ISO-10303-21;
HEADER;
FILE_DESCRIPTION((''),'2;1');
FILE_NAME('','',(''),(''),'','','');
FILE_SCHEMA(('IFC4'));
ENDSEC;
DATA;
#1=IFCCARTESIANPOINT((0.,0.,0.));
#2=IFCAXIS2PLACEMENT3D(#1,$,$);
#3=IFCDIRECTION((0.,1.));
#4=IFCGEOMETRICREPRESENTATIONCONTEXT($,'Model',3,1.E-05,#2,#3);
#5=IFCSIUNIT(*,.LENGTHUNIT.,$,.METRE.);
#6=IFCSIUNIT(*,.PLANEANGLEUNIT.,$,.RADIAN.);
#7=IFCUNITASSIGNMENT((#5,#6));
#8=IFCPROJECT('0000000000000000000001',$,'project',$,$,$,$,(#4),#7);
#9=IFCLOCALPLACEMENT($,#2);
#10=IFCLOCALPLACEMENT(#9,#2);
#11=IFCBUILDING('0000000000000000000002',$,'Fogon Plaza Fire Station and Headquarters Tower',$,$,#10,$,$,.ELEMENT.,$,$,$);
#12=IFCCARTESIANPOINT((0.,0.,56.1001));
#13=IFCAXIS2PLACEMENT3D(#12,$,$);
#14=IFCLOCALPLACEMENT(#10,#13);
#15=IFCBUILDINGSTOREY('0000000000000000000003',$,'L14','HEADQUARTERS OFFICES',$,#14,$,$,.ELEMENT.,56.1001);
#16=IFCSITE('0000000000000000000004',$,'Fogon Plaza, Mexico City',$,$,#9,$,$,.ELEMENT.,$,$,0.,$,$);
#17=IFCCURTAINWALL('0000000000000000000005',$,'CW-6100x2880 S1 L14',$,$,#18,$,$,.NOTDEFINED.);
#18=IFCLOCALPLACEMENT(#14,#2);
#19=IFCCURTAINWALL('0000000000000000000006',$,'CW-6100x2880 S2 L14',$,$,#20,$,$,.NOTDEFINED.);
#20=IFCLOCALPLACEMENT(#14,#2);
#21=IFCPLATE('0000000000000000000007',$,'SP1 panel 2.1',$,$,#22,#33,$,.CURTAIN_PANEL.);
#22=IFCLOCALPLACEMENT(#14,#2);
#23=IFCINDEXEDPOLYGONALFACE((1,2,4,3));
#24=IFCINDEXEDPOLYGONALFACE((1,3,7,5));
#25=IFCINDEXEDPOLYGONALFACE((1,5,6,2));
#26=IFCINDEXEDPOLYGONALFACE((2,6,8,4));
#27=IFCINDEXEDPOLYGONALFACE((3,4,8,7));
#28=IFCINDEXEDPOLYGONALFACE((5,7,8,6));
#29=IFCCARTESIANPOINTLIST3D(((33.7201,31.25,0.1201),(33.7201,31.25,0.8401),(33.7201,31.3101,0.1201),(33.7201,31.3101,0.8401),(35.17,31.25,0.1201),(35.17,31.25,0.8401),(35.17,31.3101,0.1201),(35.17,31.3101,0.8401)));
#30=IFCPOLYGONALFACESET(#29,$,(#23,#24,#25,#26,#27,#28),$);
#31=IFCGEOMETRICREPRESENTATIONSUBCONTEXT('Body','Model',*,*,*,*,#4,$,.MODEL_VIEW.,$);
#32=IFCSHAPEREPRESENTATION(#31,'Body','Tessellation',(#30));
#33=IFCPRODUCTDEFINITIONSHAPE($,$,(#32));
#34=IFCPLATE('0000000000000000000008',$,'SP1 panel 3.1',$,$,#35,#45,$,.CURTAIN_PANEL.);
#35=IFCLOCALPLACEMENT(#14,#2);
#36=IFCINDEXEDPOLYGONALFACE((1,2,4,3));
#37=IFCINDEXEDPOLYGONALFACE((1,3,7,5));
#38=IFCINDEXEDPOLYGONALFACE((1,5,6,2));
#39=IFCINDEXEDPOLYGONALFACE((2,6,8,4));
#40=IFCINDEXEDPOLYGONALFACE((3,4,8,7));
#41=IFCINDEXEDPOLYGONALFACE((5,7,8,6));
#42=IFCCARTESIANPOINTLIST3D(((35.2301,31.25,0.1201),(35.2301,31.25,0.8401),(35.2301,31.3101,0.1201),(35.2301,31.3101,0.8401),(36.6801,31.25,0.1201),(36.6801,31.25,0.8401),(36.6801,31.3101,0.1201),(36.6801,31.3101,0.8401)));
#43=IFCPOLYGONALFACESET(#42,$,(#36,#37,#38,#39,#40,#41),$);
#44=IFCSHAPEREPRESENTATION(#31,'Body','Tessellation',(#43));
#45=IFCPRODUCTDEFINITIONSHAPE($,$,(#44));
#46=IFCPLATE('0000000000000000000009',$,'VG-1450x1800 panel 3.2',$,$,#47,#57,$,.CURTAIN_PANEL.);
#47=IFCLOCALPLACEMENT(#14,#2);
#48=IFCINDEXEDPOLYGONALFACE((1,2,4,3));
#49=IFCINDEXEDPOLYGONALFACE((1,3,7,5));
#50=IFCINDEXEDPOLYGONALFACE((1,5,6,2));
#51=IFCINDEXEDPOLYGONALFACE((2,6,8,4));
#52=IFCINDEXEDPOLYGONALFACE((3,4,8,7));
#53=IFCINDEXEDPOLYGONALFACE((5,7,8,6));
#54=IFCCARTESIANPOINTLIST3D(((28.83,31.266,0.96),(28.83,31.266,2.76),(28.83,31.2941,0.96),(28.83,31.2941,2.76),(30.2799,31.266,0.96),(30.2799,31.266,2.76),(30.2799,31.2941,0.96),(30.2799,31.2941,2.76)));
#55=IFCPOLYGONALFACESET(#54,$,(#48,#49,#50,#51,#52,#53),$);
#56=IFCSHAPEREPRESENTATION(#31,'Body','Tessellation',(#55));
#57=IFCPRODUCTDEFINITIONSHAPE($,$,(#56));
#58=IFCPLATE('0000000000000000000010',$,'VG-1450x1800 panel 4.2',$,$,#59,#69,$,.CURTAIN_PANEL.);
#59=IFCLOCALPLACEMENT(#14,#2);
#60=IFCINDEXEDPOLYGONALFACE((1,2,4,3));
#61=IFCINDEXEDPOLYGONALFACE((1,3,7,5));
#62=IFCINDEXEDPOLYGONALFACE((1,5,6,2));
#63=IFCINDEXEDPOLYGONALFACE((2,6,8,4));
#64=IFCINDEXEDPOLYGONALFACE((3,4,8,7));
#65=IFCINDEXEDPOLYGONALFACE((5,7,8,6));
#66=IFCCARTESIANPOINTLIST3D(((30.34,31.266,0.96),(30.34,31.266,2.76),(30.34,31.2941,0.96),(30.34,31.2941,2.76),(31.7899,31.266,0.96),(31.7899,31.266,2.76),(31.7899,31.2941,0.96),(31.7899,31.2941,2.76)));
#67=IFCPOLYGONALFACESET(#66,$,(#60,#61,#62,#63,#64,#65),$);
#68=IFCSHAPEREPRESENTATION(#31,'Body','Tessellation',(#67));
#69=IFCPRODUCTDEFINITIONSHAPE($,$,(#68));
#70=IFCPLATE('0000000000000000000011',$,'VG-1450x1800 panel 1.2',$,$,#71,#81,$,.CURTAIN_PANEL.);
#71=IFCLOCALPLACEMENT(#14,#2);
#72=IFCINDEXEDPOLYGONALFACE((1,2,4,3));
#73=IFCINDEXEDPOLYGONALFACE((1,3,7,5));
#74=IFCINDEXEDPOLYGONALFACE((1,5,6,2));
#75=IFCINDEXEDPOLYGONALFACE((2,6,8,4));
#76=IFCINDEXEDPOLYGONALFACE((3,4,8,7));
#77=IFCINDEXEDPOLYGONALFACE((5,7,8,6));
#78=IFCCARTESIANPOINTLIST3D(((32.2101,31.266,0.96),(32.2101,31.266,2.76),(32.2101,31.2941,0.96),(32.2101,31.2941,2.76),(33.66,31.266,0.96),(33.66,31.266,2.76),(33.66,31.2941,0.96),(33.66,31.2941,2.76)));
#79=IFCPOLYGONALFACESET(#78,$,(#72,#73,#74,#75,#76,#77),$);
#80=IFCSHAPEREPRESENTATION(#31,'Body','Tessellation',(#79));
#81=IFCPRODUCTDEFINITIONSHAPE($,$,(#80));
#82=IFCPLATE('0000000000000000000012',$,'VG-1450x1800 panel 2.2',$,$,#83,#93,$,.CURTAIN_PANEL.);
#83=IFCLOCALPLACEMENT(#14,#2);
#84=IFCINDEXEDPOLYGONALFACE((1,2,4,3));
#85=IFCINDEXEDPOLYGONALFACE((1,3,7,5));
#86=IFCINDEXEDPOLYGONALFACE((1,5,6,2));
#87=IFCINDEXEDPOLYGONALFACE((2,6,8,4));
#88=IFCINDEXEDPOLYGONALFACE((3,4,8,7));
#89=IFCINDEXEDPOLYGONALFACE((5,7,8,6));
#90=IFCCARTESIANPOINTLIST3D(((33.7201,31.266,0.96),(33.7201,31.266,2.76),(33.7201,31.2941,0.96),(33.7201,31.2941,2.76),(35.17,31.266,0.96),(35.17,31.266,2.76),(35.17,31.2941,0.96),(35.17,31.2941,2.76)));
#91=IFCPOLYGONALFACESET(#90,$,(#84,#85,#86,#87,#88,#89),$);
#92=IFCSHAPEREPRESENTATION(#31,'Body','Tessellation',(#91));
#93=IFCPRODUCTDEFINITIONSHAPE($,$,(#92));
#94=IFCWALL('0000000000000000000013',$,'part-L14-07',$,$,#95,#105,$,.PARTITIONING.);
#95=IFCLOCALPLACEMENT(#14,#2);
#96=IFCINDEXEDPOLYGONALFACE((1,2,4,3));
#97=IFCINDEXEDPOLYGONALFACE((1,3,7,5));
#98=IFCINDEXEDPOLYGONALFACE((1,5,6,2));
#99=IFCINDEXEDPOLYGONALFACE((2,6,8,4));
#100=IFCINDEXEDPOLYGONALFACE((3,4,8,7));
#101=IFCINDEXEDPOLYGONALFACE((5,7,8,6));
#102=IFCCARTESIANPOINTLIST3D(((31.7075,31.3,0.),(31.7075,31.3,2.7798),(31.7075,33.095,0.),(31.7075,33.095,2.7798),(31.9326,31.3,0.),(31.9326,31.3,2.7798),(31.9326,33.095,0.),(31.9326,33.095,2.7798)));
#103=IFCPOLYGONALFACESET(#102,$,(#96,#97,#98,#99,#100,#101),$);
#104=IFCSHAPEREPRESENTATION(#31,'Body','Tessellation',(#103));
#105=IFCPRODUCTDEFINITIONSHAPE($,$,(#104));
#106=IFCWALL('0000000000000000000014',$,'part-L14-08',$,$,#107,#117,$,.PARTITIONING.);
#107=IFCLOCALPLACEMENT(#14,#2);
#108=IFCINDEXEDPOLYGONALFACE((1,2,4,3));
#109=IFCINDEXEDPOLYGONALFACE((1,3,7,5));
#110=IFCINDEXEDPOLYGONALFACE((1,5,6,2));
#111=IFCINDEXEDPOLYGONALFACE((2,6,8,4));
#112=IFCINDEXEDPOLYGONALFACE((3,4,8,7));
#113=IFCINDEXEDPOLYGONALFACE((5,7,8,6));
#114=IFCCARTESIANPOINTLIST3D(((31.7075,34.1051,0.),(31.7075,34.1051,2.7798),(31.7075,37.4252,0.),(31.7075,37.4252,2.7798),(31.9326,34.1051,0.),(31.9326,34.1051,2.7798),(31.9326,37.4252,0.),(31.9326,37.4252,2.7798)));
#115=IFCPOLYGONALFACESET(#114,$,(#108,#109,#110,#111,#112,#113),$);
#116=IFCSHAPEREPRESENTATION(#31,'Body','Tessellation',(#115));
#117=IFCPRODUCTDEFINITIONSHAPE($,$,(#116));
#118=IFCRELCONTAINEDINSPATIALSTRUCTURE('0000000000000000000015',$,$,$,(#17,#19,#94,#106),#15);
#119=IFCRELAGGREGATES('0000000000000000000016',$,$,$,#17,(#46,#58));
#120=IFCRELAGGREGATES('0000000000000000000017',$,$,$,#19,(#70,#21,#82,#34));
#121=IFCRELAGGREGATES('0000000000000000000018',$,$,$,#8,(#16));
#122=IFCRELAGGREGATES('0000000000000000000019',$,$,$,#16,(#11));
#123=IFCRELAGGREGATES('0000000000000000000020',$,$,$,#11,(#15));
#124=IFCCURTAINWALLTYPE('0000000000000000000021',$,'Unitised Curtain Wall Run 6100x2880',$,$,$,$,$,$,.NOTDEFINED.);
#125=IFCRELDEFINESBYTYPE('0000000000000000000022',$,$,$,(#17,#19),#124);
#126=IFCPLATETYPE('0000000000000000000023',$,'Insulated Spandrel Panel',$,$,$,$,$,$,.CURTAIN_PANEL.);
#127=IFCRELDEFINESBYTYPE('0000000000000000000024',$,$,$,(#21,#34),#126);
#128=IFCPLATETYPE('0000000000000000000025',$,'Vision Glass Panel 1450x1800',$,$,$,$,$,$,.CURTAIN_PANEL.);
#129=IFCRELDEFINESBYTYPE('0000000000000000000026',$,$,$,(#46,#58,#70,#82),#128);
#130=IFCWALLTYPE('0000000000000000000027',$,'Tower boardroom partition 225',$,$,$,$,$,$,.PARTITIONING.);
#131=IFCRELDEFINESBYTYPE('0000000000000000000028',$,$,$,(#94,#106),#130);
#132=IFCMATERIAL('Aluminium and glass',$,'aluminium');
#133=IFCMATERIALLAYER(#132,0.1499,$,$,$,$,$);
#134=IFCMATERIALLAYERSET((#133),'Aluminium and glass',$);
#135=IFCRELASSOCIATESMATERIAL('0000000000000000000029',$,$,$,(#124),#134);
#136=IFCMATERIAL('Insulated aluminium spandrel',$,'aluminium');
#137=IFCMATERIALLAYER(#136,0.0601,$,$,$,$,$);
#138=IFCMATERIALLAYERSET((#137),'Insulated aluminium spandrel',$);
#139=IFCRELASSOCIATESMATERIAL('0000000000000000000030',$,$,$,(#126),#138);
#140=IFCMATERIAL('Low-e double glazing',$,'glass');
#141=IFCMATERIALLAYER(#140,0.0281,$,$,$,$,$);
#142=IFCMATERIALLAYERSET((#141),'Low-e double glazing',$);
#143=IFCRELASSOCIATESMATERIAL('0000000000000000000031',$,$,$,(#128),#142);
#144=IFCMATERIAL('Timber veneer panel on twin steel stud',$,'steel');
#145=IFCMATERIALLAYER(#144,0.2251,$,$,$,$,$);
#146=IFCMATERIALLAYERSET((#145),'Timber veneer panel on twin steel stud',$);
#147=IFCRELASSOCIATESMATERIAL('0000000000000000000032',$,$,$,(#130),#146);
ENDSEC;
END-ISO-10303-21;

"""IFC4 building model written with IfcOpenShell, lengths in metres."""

from ifc_helpers import new_model, si_unit, direction, frame, frame_2d, origin, origin_2d, place, context, subcontext, project, spatial, rectangle, extrude, material, layer, layer_set, type_object, element, aggregate, save


model = new_model("IFC4")

# Units and contexts
model_context = context("Model", 3, precision=1e-05, world=origin(), true_north=direction((0.0, 1.0)))
body_context = subcontext(model_context, "Body", "Model", "MODEL_VIEW")
ifc_project = project(units=[si_unit("LENGTHUNIT", "METRE"), si_unit("PLANEANGLEUNIT", "RADIAN")], contexts=[model_context])

# Site, building, storey
site_placement = place(None, origin())
site = spatial("IfcSite", under=ifc_project, at=site_placement, Name="Fogon Plaza, Mexico City", CompositionType="ELEMENT", RefElevation=0.0)
building_placement = place(site_placement, origin())
building = spatial("IfcBuilding", under=site, at=building_placement, Name="Fogon Plaza Fire Station and Headquarters Tower", CompositionType="ELEMENT")
storey_placement = place(building_placement, frame((0.0, 0.0, 56.1001)))
storey = spatial("IfcBuildingStorey", under=building, at=storey_placement, Name="L14", Description="HEADQUARTERS OFFICES", CompositionType="ELEMENT", Elevation=56.1001)

# Curtain walls
ifc_material_1 = material(Name="Aluminium and glass", Category="aluminium")
ifc_layer_1 = layer(ifc_material_1, 0.1499)
ifc_layer_set_1 = layer_set([ifc_layer_1], Name="Aluminium and glass")
curtain_wall_type = type_object("IfcCurtainWallType", Name="Unitised Curtain Wall Run 6100x2880", PredefinedType="NOTDEFINED", material=ifc_layer_set_1)
curtain_wall_1_placement = place(storey_placement, origin())
curtain_wall_1 = element("IfcCurtainWall", 1, at=curtain_wall_1_placement, inside=storey, type_object=curtain_wall_type, Name="CW-6100x2880 S1 L14", PredefinedType="NOTDEFINED")
curtain_wall_2_placement = place(storey_placement, origin())
curtain_wall_2 = element("IfcCurtainWall", 2, at=curtain_wall_2_placement, inside=storey, type_object=curtain_wall_type, Name="CW-6100x2880 S2 L14", PredefinedType="NOTDEFINED")

# Plates
ifc_material_2 = material(Name="Insulated aluminium spandrel", Category="aluminium")
ifc_layer_2 = layer(ifc_material_2, 0.0601)
ifc_layer_set_2 = layer_set([ifc_layer_2], Name="Insulated aluminium spandrel")
plate_type_1 = type_object("IfcPlateType", Name="Insulated Spandrel Panel", PredefinedType="CURTAIN_PANEL", material=ifc_layer_set_2)
plate_1_placement = place(storey_placement, frame((34.4451, 31.28, 0.1201), z_axis=(0.0, 0.0, 1.0), x_axis=(1.0, 0.0, 0.0)))
plate_1 = element("IfcPlate", 3, at=plate_1_placement, type_object=plate_type_1, Name="SP1 panel 2.1", PredefinedType="CURTAIN_PANEL", context=body_context, shape_type="SweptSolid", body=[
    extrude(rectangle(XDim=1.45, YDim=0.0601, at=origin_2d()), origin(), (0.0, 0.0, 1.0), 0.72),
])
plate_2_placement = place(storey_placement, frame((35.9551, 31.28, 0.1201), z_axis=(0.0, 0.0, 1.0), x_axis=(1.0, 0.0, 0.0)))
plate_2 = element("IfcPlate", 4, at=plate_2_placement, type_object=plate_type_1, Name="SP1 panel 3.1", PredefinedType="CURTAIN_PANEL", context=body_context, shape_type="SweptSolid", body=[
    extrude(rectangle(XDim=1.45, YDim=0.0601, at=origin_2d()), origin(), (0.0, 0.0, 1.0), 0.72),
])
ifc_material_3 = material(Name="Low-e double glazing", Category="glass")
ifc_layer_3 = layer(ifc_material_3, 0.0281)
ifc_layer_set_3 = layer_set([ifc_layer_3], Name="Low-e double glazing")
plate_type_2 = type_object("IfcPlateType", Name="Vision Glass Panel 1450x1800", PredefinedType="CURTAIN_PANEL", material=ifc_layer_set_3)
plate_3_placement = place(storey_placement, frame((29.5549, 31.28, 0.96), z_axis=(0.0, 0.0, 1.0), x_axis=(1.0, 0.0, 0.0)))
plate_3 = element("IfcPlate", 5, at=plate_3_placement, type_object=plate_type_2, Name="VG-1450x1800 panel 3.2", PredefinedType="CURTAIN_PANEL", context=body_context, shape_type="SweptSolid", body=[
    extrude(rectangle(XDim=1.45, YDim=0.0281, at=origin_2d()), origin(), (0.0, 0.0, 1.0), 1.8),
])
plate_4_placement = place(storey_placement, frame((31.0649, 31.28, 0.96), z_axis=(0.0, 0.0, 1.0), x_axis=(1.0, 0.0, 0.0)))
plate_4 = element("IfcPlate", 6, at=plate_4_placement, type_object=plate_type_2, Name="VG-1450x1800 panel 4.2", PredefinedType="CURTAIN_PANEL", context=body_context, shape_type="SweptSolid", body=[
    extrude(rectangle(XDim=1.45, YDim=0.0281, at=origin_2d()), origin(), (0.0, 0.0, 1.0), 1.8),
])
aggregate(curtain_wall_1, [plate_3, plate_4])
plate_5_placement = place(storey_placement, frame((32.9351, 31.28, 0.96), z_axis=(0.0, 0.0, 1.0), x_axis=(1.0, 0.0, 0.0)))
plate_5 = element("IfcPlate", 7, at=plate_5_placement, type_object=plate_type_2, Name="VG-1450x1800 panel 1.2", PredefinedType="CURTAIN_PANEL", context=body_context, shape_type="SweptSolid", body=[
    extrude(rectangle(XDim=1.45, YDim=0.0281, at=origin_2d()), origin(), (0.0, 0.0, 1.0), 1.8),
])
plate_6_placement = place(storey_placement, frame((34.4451, 31.28, 0.96), z_axis=(0.0, 0.0, 1.0), x_axis=(1.0, 0.0, 0.0)))
plate_6 = element("IfcPlate", 8, at=plate_6_placement, type_object=plate_type_2, Name="VG-1450x1800 panel 2.2", PredefinedType="CURTAIN_PANEL", context=body_context, shape_type="SweptSolid", body=[
    extrude(rectangle(XDim=1.45, YDim=0.0281, at=origin_2d()), origin(), (0.0, 0.0, 1.0), 1.8),
])
aggregate(curtain_wall_2, [plate_5, plate_1, plate_6, plate_2])

# Walls
ifc_material_4 = material(Name="Timber veneer panel on twin steel stud", Category="steel")
ifc_layer_4 = layer(ifc_material_4, 0.2251)
ifc_layer_set_4 = layer_set([ifc_layer_4], Name="Timber veneer panel on twin steel stud")
wall_type = type_object("IfcWallType", Name="Tower boardroom partition 225", PredefinedType="PARTITIONING", material=ifc_layer_set_4)
wall_1_placement = place(storey_placement, frame((31.8201, 31.3, 0.0), z_axis=(0.0, 0.0, 1.0), x_axis=(0.0, 1.0, 0.0)))
element("IfcWall", 9, at=wall_1_placement, inside=storey, type_object=wall_type, Name="part-L14-07", PredefinedType="PARTITIONING", context=body_context, shape_type="SweptSolid", body=[
    extrude(rectangle(XDim=1.7949, YDim=0.2251, at=frame_2d((0.8975, 0.0))), origin(), (0.0, 0.0, 1.0), 2.7798),
])
wall_2_placement = place(storey_placement, frame((31.8201, 34.105, 0.0), z_axis=(0.0, 0.0, 1.0), x_axis=(0.0, 1.0, 0.0)))
element("IfcWall", 10, at=wall_2_placement, inside=storey, type_object=wall_type, Name="part-L14-08", PredefinedType="PARTITIONING", context=body_context, shape_type="SweptSolid", body=[
    extrude(rectangle(XDim=3.3201, YDim=0.2251, at=frame_2d((1.6602, 0.0))), origin(), (0.0, 0.0, 1.0), 2.7798),
])

save(model, "model.ifc")
